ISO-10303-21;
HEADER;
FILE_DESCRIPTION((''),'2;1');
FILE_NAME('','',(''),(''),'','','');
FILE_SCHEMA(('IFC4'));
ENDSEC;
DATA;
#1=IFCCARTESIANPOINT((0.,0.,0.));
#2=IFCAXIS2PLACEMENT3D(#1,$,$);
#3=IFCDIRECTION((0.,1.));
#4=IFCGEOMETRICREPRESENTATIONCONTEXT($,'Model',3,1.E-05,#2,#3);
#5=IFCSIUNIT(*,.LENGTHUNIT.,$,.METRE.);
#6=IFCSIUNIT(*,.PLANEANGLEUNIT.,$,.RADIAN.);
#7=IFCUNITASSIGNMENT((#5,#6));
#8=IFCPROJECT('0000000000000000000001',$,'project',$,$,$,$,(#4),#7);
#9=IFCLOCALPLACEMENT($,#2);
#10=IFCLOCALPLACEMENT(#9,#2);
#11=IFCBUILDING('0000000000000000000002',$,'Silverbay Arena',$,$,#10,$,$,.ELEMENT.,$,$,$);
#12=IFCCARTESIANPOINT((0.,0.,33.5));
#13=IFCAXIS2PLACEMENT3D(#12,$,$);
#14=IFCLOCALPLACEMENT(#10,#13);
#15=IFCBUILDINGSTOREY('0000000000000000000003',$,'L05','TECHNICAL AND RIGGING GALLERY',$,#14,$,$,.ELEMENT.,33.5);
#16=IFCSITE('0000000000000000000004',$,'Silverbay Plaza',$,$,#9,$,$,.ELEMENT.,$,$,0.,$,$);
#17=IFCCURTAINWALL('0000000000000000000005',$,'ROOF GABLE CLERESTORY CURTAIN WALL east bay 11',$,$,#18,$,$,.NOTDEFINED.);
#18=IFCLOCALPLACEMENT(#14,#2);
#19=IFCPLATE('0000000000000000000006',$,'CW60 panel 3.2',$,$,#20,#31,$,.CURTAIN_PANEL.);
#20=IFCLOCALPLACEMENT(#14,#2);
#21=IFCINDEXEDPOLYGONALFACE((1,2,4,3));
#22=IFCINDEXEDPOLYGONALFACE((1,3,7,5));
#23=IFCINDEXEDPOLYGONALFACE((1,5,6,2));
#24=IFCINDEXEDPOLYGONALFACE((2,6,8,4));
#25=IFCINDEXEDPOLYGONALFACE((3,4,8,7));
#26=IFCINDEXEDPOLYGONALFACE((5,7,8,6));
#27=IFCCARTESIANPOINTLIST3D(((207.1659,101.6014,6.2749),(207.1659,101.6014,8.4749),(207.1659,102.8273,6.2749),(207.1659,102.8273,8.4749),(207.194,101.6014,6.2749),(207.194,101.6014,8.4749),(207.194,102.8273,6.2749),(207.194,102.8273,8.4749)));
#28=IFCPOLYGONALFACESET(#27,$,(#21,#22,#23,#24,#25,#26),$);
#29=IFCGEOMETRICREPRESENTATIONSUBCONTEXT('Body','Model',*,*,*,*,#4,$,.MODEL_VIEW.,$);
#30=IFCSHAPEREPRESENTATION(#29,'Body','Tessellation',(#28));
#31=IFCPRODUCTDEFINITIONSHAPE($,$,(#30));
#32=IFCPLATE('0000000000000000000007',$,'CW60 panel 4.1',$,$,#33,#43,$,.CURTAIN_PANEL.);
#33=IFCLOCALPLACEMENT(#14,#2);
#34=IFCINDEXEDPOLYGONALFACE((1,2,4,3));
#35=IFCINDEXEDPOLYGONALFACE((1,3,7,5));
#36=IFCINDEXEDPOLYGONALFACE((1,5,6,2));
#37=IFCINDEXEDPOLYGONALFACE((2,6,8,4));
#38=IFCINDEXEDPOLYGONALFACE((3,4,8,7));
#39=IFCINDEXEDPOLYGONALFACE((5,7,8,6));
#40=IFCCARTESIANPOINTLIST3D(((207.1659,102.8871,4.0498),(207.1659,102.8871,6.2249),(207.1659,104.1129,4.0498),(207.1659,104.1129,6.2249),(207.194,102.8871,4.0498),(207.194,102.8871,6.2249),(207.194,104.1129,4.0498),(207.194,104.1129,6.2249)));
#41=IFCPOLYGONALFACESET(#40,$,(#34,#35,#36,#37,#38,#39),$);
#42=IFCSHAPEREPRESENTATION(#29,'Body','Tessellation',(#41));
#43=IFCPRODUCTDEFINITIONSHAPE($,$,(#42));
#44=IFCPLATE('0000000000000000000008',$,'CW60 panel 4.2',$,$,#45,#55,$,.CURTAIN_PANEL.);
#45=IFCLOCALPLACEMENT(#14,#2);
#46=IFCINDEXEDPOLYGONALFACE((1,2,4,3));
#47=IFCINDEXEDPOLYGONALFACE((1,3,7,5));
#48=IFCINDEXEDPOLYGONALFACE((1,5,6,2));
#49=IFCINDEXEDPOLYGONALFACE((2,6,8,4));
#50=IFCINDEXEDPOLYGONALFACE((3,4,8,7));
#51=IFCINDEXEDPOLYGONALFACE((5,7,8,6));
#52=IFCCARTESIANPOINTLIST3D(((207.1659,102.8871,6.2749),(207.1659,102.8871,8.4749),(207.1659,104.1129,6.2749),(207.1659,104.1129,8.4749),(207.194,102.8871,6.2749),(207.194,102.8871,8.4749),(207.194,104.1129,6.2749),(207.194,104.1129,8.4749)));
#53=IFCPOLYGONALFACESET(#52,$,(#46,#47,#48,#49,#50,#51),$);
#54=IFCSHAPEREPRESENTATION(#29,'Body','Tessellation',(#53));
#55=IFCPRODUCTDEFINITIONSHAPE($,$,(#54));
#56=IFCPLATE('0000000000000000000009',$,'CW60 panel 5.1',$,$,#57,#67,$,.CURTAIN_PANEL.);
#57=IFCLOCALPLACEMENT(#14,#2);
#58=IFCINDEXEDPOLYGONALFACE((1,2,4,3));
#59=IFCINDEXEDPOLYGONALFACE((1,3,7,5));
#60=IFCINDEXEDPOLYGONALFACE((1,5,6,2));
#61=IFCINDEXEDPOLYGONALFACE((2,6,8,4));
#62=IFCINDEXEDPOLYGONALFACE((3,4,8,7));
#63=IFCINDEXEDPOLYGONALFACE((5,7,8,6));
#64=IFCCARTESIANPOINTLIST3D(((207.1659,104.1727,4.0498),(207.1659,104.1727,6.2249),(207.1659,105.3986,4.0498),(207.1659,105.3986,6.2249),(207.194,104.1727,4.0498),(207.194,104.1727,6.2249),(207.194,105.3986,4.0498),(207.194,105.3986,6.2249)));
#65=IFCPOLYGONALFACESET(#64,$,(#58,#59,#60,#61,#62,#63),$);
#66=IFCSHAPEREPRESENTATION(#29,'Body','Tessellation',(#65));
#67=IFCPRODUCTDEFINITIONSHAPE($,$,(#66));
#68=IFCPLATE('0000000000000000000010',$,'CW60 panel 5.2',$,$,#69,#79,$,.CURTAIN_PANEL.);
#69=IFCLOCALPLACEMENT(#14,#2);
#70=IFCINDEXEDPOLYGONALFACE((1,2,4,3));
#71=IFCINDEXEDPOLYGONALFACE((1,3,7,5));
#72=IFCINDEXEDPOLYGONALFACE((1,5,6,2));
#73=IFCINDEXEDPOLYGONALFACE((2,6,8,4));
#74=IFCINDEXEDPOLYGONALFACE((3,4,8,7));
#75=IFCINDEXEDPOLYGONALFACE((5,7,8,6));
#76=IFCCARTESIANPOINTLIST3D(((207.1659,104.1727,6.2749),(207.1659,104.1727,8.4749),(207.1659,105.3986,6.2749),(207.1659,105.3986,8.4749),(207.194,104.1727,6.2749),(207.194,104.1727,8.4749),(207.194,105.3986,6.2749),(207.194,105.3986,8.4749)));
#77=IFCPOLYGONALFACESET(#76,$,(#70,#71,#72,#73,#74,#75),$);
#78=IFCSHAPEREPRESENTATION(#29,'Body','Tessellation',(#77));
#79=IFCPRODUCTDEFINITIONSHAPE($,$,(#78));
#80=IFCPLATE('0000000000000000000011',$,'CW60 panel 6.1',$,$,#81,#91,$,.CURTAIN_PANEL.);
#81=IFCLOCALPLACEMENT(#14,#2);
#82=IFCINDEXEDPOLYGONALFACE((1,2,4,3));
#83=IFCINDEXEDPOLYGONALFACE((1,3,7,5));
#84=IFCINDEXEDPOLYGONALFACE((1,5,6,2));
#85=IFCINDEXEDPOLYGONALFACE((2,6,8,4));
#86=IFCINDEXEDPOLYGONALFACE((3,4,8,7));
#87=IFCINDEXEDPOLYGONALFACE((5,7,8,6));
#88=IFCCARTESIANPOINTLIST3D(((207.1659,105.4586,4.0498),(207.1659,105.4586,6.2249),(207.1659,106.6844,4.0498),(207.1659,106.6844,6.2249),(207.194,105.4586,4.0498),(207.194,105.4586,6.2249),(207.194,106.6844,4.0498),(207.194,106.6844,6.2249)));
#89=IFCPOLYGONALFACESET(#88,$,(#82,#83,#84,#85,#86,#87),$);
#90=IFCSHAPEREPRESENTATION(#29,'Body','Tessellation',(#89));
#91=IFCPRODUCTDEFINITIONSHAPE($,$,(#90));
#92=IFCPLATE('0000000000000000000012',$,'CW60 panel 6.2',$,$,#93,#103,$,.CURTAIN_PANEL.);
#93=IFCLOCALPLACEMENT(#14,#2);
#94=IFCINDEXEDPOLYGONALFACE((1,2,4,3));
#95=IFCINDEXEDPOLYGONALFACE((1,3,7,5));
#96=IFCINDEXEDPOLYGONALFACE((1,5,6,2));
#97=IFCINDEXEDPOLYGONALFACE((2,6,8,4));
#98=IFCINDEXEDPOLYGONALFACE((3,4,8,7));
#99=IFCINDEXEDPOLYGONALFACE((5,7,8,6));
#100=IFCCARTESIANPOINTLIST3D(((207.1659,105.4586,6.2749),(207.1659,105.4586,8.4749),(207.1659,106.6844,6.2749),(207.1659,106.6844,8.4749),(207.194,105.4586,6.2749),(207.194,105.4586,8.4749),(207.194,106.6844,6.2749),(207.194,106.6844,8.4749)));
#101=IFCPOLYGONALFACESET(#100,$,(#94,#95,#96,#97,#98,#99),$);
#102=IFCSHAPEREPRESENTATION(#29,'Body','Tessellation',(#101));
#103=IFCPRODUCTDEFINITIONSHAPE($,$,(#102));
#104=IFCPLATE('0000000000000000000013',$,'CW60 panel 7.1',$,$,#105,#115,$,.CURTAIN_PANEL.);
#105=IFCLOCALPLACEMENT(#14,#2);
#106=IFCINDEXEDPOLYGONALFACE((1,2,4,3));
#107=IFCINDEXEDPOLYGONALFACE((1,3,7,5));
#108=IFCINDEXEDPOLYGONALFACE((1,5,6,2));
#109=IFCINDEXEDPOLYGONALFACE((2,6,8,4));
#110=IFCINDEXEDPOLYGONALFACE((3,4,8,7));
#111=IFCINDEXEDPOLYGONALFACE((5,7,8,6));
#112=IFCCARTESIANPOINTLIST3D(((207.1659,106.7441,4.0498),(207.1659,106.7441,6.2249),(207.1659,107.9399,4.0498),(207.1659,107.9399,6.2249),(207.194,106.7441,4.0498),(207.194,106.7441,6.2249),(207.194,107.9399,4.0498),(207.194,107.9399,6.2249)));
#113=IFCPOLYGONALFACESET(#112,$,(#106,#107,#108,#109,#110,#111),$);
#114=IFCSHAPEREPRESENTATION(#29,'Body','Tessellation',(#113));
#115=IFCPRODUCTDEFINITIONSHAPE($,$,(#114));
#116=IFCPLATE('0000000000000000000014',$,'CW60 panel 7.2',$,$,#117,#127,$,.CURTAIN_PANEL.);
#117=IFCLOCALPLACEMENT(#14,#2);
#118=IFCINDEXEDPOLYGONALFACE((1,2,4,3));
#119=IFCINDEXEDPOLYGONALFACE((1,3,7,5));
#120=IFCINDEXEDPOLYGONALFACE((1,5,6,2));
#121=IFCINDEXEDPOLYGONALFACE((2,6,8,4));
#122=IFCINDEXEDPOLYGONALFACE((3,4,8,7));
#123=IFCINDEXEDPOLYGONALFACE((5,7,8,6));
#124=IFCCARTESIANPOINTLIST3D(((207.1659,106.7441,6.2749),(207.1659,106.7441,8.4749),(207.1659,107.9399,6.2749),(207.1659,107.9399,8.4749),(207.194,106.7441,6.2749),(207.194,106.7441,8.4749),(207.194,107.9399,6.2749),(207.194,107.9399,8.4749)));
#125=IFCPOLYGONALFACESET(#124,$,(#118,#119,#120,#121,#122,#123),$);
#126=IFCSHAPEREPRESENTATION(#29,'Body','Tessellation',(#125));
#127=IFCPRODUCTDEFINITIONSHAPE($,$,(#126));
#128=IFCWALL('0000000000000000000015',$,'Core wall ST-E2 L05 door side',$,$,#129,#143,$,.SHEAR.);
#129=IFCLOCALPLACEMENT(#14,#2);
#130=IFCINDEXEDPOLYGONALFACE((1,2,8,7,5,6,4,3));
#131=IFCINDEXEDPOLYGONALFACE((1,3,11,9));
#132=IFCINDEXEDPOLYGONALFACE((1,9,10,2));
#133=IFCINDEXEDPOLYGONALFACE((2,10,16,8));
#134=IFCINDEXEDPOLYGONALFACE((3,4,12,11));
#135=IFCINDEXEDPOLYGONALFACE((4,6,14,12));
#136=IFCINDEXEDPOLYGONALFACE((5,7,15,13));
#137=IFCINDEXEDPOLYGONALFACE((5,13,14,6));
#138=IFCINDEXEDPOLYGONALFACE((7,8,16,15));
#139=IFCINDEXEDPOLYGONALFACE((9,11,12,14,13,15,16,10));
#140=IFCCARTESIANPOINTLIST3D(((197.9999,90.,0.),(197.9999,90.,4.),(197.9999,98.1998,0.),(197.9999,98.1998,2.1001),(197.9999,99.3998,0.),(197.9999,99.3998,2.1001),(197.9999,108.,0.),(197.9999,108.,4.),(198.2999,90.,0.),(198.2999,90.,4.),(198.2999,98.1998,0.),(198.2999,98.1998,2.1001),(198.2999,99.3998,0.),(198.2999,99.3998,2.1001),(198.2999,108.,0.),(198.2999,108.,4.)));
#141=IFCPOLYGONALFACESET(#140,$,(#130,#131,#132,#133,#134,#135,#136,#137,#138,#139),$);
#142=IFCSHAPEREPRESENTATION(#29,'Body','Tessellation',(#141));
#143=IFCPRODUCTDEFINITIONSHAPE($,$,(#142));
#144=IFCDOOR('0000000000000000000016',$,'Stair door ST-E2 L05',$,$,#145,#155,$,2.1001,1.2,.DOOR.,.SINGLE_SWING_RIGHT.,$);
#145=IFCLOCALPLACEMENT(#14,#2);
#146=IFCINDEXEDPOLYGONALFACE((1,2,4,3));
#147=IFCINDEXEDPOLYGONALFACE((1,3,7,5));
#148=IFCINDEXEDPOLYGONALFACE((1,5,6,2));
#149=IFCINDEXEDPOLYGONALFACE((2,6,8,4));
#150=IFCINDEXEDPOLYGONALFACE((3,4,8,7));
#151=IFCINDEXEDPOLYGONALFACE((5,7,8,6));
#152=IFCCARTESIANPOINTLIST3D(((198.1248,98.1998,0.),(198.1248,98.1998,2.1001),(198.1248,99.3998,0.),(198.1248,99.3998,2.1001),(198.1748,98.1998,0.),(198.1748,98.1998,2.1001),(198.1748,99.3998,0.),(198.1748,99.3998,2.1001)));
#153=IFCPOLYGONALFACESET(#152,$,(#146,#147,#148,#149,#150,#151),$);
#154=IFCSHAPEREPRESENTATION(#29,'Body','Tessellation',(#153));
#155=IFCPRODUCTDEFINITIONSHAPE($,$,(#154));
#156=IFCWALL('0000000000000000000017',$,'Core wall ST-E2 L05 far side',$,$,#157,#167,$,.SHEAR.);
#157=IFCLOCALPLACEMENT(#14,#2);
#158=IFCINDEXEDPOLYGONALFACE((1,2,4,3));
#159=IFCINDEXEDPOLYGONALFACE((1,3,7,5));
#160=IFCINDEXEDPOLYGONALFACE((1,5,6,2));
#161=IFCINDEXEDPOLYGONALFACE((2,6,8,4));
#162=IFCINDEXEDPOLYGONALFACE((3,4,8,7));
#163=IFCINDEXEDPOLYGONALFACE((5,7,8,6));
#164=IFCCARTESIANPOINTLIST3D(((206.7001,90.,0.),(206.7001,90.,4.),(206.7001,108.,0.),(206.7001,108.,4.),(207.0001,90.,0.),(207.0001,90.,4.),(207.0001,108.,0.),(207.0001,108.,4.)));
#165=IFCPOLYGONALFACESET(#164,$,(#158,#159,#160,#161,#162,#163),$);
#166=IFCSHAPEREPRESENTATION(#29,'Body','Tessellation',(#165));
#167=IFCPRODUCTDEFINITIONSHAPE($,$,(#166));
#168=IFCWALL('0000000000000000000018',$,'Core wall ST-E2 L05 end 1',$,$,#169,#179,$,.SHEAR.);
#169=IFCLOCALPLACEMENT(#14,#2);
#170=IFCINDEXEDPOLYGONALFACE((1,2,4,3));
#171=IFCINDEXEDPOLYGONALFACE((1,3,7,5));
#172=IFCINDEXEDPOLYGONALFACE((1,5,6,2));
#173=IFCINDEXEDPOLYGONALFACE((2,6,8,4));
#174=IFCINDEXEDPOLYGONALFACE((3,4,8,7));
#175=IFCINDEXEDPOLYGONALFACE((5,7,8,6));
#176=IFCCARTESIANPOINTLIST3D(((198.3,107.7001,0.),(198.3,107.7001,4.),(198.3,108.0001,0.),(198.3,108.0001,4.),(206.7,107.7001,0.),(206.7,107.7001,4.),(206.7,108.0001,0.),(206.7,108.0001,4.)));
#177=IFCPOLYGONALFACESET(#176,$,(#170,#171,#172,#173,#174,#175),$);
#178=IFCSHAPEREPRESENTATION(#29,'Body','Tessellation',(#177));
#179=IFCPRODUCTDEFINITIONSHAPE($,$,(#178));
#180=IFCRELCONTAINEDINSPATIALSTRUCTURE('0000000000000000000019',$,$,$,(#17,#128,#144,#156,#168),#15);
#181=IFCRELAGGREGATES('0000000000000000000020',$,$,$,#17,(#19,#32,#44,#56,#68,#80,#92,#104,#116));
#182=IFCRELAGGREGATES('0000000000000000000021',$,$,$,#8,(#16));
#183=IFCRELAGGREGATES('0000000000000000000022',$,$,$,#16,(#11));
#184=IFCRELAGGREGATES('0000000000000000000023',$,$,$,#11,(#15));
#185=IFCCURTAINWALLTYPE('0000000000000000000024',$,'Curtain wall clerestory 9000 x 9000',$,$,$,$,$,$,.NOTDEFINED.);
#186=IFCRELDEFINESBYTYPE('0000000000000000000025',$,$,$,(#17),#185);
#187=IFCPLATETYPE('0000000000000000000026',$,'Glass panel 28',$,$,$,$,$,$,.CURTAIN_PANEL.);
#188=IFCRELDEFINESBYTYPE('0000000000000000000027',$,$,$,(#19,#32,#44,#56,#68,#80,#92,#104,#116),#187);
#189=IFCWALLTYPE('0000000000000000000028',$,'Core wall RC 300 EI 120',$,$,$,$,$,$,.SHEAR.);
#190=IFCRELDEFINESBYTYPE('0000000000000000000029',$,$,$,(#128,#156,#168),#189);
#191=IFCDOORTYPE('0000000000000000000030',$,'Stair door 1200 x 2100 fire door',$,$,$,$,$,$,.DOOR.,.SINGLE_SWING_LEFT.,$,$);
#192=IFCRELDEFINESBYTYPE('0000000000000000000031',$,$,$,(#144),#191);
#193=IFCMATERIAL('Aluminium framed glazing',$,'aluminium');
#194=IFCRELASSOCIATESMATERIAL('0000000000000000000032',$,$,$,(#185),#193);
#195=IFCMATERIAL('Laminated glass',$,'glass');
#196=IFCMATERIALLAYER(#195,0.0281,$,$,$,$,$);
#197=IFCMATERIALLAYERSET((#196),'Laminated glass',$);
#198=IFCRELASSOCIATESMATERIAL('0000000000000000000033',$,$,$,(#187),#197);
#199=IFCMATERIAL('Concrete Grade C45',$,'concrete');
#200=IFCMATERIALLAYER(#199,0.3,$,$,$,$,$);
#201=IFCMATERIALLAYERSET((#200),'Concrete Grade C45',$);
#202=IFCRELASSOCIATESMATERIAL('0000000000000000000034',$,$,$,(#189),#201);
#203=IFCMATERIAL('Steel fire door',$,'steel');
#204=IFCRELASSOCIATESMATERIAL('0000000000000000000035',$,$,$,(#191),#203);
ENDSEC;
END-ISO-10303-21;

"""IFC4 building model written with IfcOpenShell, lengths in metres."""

from ifc_helpers import new_model, si_unit, direction, frame, frame_2d, origin, origin_2d, place, context, subcontext, project, spatial, rectangle, extrude, material, layer, layer_set, type_object, element, fill, aggregate, save


model = new_model("IFC4")

# Units and contexts
model_context = context("Model", 3, precision=1e-05, world=origin(), true_north=direction((0.0, 1.0)))
body_context = subcontext(model_context, "Body", "Model", "MODEL_VIEW")
ifc_project = project(units=[si_unit("LENGTHUNIT", "METRE"), si_unit("PLANEANGLEUNIT", "RADIAN")], contexts=[model_context])

# Site, building, storey
site_placement = place(None, origin())
site = spatial("IfcSite", under=ifc_project, at=site_placement, Name="Silverbay Plaza", CompositionType="ELEMENT", RefElevation=0.0)
building_placement = place(site_placement, origin())
building = spatial("IfcBuilding", under=site, at=building_placement, Name="Silverbay Arena", CompositionType="ELEMENT")
storey_placement = place(building_placement, frame((0.0, 0.0, 33.5)))
storey = spatial("IfcBuildingStorey", under=building, at=storey_placement, Name="L05", Description="TECHNICAL AND RIGGING GALLERY", CompositionType="ELEMENT", Elevation=33.5)

# Curtain wall, plates
ifc_material_1 = material(Name="Aluminium framed glazing", Category="aluminium")
curtain_wall_type = type_object("IfcCurtainWallType", Name="Curtain wall clerestory 9000 x 9000", PredefinedType="NOTDEFINED", material=ifc_material_1)
curtain_wall_placement = place(storey_placement, origin())
curtain_wall = element("IfcCurtainWall", 1, at=curtain_wall_placement, inside=storey, type_object=curtain_wall_type, Name="ROOF GABLE CLERESTORY CURTAIN WALL east bay 11", PredefinedType="NOTDEFINED")
ifc_material_2 = material(Name="Laminated glass", Category="glass")
ifc_layer_1 = layer(ifc_material_2, 0.0281)
ifc_layer_set_1 = layer_set([ifc_layer_1], Name="Laminated glass")
plate_type = type_object("IfcPlateType", Name="Glass panel 28", PredefinedType="CURTAIN_PANEL", material=ifc_layer_set_1)
plate_1_placement = place(storey_placement, frame((207.1799, 102.2144, 6.2749), z_axis=(0.0, 0.0, 1.0), x_axis=(0.0, 1.0, 0.0)))
plate_1 = element("IfcPlate", 2, at=plate_1_placement, type_object=plate_type, Name="CW60 panel 3.2", PredefinedType="CURTAIN_PANEL", context=body_context, shape_type="SweptSolid", body=[
    extrude(rectangle(XDim=1.2258, YDim=0.0281, at=origin_2d()), origin(), (0.0, 0.0, 1.0), 2.2),
])
plate_2_placement = place(storey_placement, frame((207.1799, 103.5, 4.0498), z_axis=(0.0, 0.0, 1.0), x_axis=(0.0, 1.0, 0.0)))
plate_2 = element("IfcPlate", 3, at=plate_2_placement, type_object=plate_type, Name="CW60 panel 4.1", PredefinedType="CURTAIN_PANEL", context=body_context, shape_type="SweptSolid", body=[
    extrude(rectangle(XDim=1.2258, YDim=0.0281, at=origin_2d()), origin(), (0.0, 0.0, 1.0), 2.175),
])
plate_3_placement = place(storey_placement, frame((207.1799, 103.5, 6.2749), z_axis=(0.0, 0.0, 1.0), x_axis=(0.0, 1.0, 0.0)))
plate_3 = element("IfcPlate", 4, at=plate_3_placement, type_object=plate_type, Name="CW60 panel 4.2", PredefinedType="CURTAIN_PANEL", context=body_context, shape_type="SweptSolid", body=[
    extrude(rectangle(XDim=1.2258, YDim=0.0281, at=origin_2d()), origin(), (0.0, 0.0, 1.0), 2.2),
])
plate_4_placement = place(storey_placement, frame((207.1799, 104.7856, 4.0498), z_axis=(0.0, 0.0, 1.0), x_axis=(0.0, 1.0, 0.0)))
plate_4 = element("IfcPlate", 5, at=plate_4_placement, type_object=plate_type, Name="CW60 panel 5.1", PredefinedType="CURTAIN_PANEL", context=body_context, shape_type="SweptSolid", body=[
    extrude(rectangle(XDim=1.2258, YDim=0.0281, at=origin_2d()), origin(), (0.0, 0.0, 1.0), 2.175),
])
plate_5_placement = place(storey_placement, frame((207.1799, 104.7856, 6.2749), z_axis=(0.0, 0.0, 1.0), x_axis=(0.0, 1.0, 0.0)))
plate_5 = element("IfcPlate", 6, at=plate_5_placement, type_object=plate_type, Name="CW60 panel 5.2", PredefinedType="CURTAIN_PANEL", context=body_context, shape_type="SweptSolid", body=[
    extrude(rectangle(XDim=1.2258, YDim=0.0281, at=origin_2d()), origin(), (0.0, 0.0, 1.0), 2.2),
])
plate_6_placement = place(storey_placement, frame((207.1799, 106.0715, 4.0498), z_axis=(0.0, 0.0, 1.0), x_axis=(0.0, 1.0, 0.0)))
plate_6 = element("IfcPlate", 7, at=plate_6_placement, type_object=plate_type, Name="CW60 panel 6.1", PredefinedType="CURTAIN_PANEL", context=body_context, shape_type="SweptSolid", body=[
    extrude(rectangle(XDim=1.2258, YDim=0.0281, at=origin_2d()), origin(), (0.0, 0.0, 1.0), 2.175),
])
plate_7_placement = place(storey_placement, frame((207.1799, 106.0715, 6.2749), z_axis=(0.0, 0.0, 1.0), x_axis=(0.0, 1.0, 0.0)))
plate_7 = element("IfcPlate", 8, at=plate_7_placement, type_object=plate_type, Name="CW60 panel 6.2", PredefinedType="CURTAIN_PANEL", context=body_context, shape_type="SweptSolid", body=[
    extrude(rectangle(XDim=1.2258, YDim=0.0281, at=origin_2d()), origin(), (0.0, 0.0, 1.0), 2.2),
])
plate_8_placement = place(storey_placement, frame((207.1799, 107.342, 4.0498), z_axis=(0.0, 0.0, 1.0), x_axis=(0.0, 1.0, 0.0)))
plate_8 = element("IfcPlate", 9, at=plate_8_placement, type_object=plate_type, Name="CW60 panel 7.1", PredefinedType="CURTAIN_PANEL", context=body_context, shape_type="SweptSolid", body=[
    extrude(rectangle(XDim=1.1958, YDim=0.0281, at=origin_2d()), origin(), (0.0, 0.0, 1.0), 2.175),
])
plate_9_placement = place(storey_placement, frame((207.1799, 107.342, 6.2749), z_axis=(0.0, 0.0, 1.0), x_axis=(0.0, 1.0, 0.0)))
plate_9 = element("IfcPlate", 10, at=plate_9_placement, type_object=plate_type, Name="CW60 panel 7.2", PredefinedType="CURTAIN_PANEL", context=body_context, shape_type="SweptSolid", body=[
    extrude(rectangle(XDim=1.1958, YDim=0.0281, at=origin_2d()), origin(), (0.0, 0.0, 1.0), 2.2),
])
aggregate(curtain_wall, [plate_1, plate_2, plate_3, plate_4, plate_5, plate_6, plate_7, plate_8, plate_9])

# Wall, opening, door
ifc_material_3 = material(Name="Concrete Grade C45", Category="concrete")
ifc_layer_2 = layer(ifc_material_3, 0.3)
ifc_layer_set_2 = layer_set([ifc_layer_2], Name="Concrete Grade C45")
wall_type_1 = type_object("IfcWallType", Name="Core wall RC 300 EI 120", PredefinedType="SHEAR", material=ifc_layer_set_2)
wall_1_placement = place(storey_placement, frame((198.1499, 108.0, 0.0), z_axis=(0.0, 0.0, 1.0), x_axis=(0.0, -1.0, 0.0)))
wall_1 = element("IfcWall", 11, at=wall_1_placement, inside=storey, type_object=wall_type_1, Name="Core wall ST-E2 L05 door side", PredefinedType="SHEAR", context=body_context, shape_type="SweptSolid", body=[
    extrude(rectangle(XDim=18.0, YDim=0.3, at=frame_2d((9.0, 0.0))), origin(), (0.0, 0.0, 1.0), 4.0),
])
opening_1_placement = place(wall_1_placement, frame((8.6001, 0.0, 0.0)))
opening_1 = element("IfcOpeningElement", 12, at=opening_1_placement, cuts=wall_1, PredefinedType="OPENING", context=body_context, shape_type="SweptSolid", body=[
    extrude(rectangle(XDim=1.2, YDim=2.1001, at=frame_2d((0.6001, 1.05))), frame((0.0, 0.1602, 0.0), z_axis=(0.0, -1.0, 0.0), x_axis=(1.0, 0.0, 0.0)), (0.0, 0.0, 1.0), 0.3201),
])
ifc_material_4 = material(Name="Steel fire door", Category="steel")
door_type_1 = type_object("IfcDoorType", Name="Stair door 1200 x 2100 fire door", OperationType="SINGLE_SWING_LEFT", PredefinedType="DOOR", material=ifc_material_4)
door_1_placement = place(opening_1_placement, origin())
door_1 = element("IfcDoor", 13, at=door_1_placement, inside=storey, type_object=door_type_1, Name="Stair door ST-E2 L05", OperationType="SINGLE_SWING_RIGHT", OverallHeight=2.1001, OverallWidth=1.2, PredefinedType="DOOR", context=body_context, shape_type="SweptSolid", body=[
    extrude(rectangle(XDim=1.2, YDim=2.1001, at=frame_2d((0.6001, 1.05))), frame((0.0, 0.0249, 0.0), z_axis=(0.0, -1.0, 0.0), x_axis=(1.0, 0.0, 0.0)), (0.0, 0.0, 1.0), 0.05),
])
fill(opening_1, door_1)

# Walls
wall_2_placement = place(storey_placement, frame((206.8501, 108.0, 0.0), z_axis=(0.0, 0.0, 1.0), x_axis=(0.0, -1.0, 0.0)))
element("IfcWall", 14, at=wall_2_placement, inside=storey, type_object=wall_type_1, Name="Core wall ST-E2 L05 far side", PredefinedType="SHEAR", context=body_context, shape_type="SweptSolid", body=[
    extrude(rectangle(XDim=18.0, YDim=0.3, at=frame_2d((9.0, 0.0))), origin(), (0.0, 0.0, 1.0), 4.0),
])
wall_3_placement = place(storey_placement, frame((198.3, 107.8501, 0.0), z_axis=(0.0, 0.0, 1.0), x_axis=(1.0, 0.0, 0.0)))
element("IfcWall", 15, at=wall_3_placement, inside=storey, type_object=wall_type_1, Name="Core wall ST-E2 L05 end 1", PredefinedType="SHEAR", context=body_context, shape_type="SweptSolid", body=[
    extrude(rectangle(XDim=8.3999, YDim=0.3, at=frame_2d((4.2, 0.0))), origin(), (0.0, 0.0, 1.0), 4.0),
])

save(model, "model.ifc")
